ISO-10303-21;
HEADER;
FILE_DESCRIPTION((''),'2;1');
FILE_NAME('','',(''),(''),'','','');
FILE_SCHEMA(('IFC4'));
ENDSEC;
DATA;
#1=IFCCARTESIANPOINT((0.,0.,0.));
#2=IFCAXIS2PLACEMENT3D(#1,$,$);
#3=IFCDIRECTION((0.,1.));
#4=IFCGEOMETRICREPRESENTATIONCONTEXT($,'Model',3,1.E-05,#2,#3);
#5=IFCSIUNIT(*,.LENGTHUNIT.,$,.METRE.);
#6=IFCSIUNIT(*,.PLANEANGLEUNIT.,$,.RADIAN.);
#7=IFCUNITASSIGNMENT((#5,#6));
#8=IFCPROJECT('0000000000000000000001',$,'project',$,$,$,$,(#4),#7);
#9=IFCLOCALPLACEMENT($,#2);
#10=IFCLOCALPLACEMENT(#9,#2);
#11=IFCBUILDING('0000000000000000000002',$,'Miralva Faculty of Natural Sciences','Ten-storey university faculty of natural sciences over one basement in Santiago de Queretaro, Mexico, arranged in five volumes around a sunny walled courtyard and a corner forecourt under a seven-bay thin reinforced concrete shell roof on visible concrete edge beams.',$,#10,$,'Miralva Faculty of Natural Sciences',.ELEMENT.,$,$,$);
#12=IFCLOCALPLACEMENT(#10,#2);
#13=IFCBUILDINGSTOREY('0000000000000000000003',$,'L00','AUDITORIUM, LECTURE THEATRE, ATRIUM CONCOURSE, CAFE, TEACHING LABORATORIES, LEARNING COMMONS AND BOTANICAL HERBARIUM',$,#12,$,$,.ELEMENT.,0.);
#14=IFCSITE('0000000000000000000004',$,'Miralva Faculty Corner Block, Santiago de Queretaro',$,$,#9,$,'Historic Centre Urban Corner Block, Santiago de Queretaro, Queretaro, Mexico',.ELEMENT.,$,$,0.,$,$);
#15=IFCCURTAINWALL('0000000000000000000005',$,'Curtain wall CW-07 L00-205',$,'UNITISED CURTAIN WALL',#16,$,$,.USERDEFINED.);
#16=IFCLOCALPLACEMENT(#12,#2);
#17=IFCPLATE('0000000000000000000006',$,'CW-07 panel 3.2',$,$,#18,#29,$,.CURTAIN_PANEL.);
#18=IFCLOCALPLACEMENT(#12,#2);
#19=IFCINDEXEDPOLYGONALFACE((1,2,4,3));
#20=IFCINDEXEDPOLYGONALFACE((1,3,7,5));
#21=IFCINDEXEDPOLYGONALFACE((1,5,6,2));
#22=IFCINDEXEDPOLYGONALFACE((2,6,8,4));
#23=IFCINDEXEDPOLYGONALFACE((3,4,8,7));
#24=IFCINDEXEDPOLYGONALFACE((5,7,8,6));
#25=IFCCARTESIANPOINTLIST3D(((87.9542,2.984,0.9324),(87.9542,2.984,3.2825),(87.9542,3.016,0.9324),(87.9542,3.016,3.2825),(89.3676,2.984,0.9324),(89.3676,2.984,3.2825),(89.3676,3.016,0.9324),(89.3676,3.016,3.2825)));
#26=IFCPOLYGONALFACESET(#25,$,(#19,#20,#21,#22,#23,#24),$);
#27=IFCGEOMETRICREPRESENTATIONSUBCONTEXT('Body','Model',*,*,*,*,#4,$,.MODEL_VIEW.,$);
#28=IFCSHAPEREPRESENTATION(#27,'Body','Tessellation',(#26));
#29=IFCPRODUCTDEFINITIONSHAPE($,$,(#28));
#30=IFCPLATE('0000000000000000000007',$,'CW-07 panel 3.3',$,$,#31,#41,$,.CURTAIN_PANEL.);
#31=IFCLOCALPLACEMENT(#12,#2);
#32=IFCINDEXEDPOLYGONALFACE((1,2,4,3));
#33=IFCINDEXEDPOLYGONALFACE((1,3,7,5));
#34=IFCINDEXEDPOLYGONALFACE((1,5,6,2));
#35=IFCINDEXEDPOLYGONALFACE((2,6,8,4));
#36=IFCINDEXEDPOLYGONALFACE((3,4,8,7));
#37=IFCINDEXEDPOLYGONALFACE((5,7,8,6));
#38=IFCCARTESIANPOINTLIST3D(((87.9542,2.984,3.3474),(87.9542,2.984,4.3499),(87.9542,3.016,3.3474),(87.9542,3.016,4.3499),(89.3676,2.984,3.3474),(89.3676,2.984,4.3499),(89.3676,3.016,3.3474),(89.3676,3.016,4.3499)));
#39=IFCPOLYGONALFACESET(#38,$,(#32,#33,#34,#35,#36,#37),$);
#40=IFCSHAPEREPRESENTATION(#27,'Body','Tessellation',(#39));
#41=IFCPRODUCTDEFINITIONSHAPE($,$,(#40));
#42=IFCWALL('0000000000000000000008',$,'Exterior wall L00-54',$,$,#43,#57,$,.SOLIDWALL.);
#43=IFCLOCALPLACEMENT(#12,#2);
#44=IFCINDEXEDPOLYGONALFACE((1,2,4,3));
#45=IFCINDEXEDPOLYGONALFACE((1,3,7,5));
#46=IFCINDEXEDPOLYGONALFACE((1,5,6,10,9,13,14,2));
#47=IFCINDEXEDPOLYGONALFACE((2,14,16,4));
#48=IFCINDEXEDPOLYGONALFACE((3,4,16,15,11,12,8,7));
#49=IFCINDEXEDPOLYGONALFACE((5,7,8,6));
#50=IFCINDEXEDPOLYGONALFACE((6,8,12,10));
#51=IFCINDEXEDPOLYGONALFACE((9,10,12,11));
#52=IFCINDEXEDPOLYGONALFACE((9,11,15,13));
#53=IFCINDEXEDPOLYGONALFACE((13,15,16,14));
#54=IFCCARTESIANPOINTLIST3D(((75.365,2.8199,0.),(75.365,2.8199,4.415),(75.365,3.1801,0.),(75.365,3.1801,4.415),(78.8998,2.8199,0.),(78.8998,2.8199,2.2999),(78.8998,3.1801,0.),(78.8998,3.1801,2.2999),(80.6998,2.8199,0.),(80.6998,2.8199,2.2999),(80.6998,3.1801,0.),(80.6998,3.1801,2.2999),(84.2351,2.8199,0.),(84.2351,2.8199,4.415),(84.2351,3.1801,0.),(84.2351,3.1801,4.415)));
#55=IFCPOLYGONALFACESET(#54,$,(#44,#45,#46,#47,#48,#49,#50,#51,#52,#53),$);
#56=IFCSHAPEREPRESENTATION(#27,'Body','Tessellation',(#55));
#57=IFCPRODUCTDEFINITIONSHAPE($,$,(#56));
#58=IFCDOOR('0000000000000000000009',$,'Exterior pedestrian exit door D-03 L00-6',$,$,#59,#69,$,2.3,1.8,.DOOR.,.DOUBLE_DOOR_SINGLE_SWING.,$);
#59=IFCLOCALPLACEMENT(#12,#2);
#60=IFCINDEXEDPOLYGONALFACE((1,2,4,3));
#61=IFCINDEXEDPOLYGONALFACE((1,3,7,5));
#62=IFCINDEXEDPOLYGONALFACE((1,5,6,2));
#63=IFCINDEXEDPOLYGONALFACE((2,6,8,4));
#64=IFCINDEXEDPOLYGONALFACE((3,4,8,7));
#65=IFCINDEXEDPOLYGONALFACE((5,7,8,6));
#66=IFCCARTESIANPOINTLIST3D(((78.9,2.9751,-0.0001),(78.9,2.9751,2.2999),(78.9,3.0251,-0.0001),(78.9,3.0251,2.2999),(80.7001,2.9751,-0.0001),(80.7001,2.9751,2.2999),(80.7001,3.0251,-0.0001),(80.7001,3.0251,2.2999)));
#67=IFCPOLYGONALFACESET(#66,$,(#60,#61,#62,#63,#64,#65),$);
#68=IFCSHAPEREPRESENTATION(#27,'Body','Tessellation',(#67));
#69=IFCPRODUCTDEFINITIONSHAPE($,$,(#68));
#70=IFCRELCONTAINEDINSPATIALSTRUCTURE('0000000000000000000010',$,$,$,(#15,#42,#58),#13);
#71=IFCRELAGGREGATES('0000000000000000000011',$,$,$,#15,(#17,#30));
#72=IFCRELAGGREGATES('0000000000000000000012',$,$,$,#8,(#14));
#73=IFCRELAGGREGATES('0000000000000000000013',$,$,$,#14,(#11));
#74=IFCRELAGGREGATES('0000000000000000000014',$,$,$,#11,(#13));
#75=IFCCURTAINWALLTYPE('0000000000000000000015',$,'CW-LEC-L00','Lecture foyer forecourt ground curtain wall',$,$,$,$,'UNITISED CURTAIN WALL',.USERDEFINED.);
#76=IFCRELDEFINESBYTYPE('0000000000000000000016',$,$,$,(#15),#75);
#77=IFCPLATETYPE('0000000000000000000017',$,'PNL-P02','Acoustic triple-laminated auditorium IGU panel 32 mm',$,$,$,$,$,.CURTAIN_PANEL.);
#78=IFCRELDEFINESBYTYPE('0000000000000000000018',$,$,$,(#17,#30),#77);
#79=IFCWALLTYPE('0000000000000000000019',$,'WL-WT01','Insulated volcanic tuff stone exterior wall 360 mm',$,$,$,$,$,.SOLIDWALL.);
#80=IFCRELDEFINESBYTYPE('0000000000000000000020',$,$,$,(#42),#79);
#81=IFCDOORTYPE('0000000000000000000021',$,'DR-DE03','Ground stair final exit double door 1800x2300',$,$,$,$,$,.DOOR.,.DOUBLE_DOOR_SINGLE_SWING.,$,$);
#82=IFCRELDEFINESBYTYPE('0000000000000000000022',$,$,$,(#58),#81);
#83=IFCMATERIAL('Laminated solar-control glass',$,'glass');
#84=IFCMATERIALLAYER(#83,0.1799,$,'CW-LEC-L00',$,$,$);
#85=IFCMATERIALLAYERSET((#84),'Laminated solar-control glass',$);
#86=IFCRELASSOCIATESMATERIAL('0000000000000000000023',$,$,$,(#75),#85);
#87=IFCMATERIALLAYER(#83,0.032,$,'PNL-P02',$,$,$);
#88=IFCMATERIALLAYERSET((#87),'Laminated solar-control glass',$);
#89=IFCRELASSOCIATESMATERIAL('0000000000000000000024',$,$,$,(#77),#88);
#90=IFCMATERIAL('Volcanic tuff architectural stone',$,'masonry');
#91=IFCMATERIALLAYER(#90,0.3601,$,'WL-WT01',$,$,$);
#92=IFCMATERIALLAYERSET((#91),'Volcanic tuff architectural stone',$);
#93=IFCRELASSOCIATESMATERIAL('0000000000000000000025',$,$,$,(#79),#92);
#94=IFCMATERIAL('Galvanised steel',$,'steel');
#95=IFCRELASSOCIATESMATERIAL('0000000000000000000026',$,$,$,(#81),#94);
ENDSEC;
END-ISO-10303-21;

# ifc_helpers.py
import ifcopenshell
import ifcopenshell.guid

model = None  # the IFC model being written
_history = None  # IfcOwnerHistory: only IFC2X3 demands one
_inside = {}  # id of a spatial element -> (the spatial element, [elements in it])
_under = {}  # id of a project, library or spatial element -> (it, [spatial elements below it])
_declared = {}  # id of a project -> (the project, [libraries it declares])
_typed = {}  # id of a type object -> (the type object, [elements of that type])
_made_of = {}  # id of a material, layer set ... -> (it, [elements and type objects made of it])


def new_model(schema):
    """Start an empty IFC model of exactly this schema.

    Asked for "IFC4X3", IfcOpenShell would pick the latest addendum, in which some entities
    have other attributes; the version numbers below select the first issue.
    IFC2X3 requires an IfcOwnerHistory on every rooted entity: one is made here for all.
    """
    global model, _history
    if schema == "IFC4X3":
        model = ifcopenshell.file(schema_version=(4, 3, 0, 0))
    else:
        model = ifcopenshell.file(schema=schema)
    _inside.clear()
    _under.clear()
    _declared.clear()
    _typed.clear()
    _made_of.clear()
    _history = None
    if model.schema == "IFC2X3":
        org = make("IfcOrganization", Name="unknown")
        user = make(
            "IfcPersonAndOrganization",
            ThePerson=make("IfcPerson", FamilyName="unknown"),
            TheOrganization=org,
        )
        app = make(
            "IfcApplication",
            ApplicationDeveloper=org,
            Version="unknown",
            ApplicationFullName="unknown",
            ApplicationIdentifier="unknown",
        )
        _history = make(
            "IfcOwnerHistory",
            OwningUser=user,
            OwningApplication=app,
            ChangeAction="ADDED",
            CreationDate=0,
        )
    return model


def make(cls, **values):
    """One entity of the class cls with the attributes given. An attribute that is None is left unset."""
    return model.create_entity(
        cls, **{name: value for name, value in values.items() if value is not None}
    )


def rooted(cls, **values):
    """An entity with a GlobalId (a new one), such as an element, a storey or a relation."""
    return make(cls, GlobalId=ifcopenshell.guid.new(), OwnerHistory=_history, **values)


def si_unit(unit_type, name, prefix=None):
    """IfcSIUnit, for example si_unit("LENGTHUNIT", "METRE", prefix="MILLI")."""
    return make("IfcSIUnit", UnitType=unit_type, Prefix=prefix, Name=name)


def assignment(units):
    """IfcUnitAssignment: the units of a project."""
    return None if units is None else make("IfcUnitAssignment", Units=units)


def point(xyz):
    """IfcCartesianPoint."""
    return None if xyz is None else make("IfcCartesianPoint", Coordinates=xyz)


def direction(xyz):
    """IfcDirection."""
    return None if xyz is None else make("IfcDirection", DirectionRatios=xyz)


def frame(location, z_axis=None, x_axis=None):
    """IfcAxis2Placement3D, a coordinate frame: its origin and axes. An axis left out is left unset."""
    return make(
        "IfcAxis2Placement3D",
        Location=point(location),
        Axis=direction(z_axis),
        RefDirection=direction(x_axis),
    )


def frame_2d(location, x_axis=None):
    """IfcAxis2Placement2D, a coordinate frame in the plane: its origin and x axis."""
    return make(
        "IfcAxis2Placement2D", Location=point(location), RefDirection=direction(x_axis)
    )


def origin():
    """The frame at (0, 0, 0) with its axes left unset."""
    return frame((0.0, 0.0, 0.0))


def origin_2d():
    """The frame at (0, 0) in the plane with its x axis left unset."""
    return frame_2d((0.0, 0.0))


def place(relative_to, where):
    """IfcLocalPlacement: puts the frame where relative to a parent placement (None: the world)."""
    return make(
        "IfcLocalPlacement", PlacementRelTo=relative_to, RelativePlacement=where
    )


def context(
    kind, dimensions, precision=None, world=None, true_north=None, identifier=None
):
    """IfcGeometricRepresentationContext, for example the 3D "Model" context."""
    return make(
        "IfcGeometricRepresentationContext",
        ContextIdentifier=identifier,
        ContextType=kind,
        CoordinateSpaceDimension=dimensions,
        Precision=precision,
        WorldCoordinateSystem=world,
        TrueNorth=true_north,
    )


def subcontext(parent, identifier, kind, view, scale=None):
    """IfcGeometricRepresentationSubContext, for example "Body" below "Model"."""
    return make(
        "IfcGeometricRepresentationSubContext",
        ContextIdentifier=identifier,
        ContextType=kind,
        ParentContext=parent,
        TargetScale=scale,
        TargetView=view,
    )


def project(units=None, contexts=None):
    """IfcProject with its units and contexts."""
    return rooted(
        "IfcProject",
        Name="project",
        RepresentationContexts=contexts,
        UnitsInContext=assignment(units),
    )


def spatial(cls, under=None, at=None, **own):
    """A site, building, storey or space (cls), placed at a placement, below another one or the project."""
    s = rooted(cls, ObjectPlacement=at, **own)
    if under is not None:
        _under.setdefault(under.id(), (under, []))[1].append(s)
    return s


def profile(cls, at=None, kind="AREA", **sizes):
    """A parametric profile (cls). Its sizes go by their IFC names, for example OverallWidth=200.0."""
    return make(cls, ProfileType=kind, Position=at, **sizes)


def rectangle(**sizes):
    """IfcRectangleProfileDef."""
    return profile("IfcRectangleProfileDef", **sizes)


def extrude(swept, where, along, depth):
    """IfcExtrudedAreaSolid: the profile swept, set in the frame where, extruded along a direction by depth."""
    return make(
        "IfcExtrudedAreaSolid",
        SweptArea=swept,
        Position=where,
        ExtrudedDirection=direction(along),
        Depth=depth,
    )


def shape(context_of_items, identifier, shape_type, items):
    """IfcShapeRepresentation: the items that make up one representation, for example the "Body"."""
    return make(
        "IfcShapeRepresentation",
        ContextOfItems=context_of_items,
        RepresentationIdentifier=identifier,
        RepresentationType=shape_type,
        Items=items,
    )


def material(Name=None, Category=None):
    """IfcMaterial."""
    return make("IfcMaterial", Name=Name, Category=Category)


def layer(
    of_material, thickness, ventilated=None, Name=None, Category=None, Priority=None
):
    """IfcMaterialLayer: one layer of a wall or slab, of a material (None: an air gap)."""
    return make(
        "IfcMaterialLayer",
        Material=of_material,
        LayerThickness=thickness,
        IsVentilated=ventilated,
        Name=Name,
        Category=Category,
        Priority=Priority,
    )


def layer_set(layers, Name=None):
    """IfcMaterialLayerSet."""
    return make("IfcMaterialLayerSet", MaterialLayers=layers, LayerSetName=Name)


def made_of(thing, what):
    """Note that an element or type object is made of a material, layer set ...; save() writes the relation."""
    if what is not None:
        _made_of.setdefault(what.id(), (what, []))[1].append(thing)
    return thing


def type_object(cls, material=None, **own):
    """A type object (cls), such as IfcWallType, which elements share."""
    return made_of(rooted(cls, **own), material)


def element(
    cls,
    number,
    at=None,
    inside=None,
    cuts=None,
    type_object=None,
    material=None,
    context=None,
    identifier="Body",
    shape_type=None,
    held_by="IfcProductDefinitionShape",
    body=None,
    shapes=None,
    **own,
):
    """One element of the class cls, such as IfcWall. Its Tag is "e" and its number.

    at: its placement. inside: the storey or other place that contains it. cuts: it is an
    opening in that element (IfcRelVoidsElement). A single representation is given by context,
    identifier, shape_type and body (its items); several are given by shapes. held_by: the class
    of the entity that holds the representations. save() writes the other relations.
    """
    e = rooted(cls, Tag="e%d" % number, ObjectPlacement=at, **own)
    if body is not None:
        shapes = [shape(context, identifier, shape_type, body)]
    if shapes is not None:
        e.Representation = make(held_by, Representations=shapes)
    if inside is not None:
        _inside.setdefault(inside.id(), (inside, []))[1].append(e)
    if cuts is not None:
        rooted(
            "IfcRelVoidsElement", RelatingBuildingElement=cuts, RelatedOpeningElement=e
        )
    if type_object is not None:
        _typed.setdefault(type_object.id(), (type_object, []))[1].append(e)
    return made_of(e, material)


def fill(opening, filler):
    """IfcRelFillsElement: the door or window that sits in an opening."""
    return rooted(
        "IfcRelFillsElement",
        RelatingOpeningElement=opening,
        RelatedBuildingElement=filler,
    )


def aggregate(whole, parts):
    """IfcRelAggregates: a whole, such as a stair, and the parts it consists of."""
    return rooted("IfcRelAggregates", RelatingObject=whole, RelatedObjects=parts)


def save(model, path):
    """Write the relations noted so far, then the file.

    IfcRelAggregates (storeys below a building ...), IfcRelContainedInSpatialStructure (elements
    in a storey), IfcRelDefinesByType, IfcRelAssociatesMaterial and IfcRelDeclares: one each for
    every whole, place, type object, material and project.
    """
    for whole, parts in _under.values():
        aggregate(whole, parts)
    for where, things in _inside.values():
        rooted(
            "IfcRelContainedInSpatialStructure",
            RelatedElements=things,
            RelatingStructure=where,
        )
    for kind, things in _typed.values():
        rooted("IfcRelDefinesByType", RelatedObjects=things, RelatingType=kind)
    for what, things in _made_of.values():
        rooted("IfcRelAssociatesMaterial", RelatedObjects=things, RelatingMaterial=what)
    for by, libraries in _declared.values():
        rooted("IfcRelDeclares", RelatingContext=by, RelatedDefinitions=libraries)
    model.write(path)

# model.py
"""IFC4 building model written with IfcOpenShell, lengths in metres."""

from ifc_helpers import new_model, si_unit, direction, frame, frame_2d, origin, origin_2d, place, context, subcontext, project, spatial, rectangle, extrude, material, layer, layer_set, type_object, element, fill, aggregate, save


model = new_model("IFC4")

# Units and contexts
model_context = context("Model", 3, precision=1e-05, world=origin(), true_north=direction((0.0, 1.0)))
body_context = subcontext(model_context, "Body", "Model", "MODEL_VIEW")
ifc_project = project(units=[si_unit("LENGTHUNIT", "METRE"), si_unit("PLANEANGLEUNIT", "RADIAN")], contexts=[model_context])

# Site, building, storey
site_placement = place(None, origin())
site = spatial("IfcSite", under=ifc_project, at=site_placement, Name="Miralva Faculty Corner Block, Santiago de Queretaro", LongName="Historic Centre Urban Corner Block, Santiago de Queretaro, Queretaro, Mexico", CompositionType="ELEMENT", RefElevation=0.0)
building_placement = place(site_placement, origin())
building = spatial("IfcBuilding", under=site, at=building_placement, Name="Miralva Faculty of Natural Sciences", Description="Ten-storey university faculty of natural sciences over one basement in Santiago de Queretaro, Mexico, arranged in five volumes around a sunny walled courtyard and a corner forecourt under a seven-bay thin reinforced concrete shell roof on visible concrete edge beams.", LongName="Miralva Faculty of Natural Sciences", CompositionType="ELEMENT")
storey_placement = place(building_placement, origin())
storey = spatial("IfcBuildingStorey", under=building, at=storey_placement, Name="L00", Description="AUDITORIUM, LECTURE THEATRE, ATRIUM CONCOURSE, CAFE, TEACHING LABORATORIES, LEARNING COMMONS AND BOTANICAL HERBARIUM", CompositionType="ELEMENT", Elevation=0.0)

# Curtain wall, plates
ifc_material_1 = material(Name="Laminated solar-control glass", Category="glass")
ifc_layer_1 = layer(ifc_material_1, 0.1799, Name="CW-LEC-L00")
ifc_layer_set_1 = layer_set([ifc_layer_1], Name="Laminated solar-control glass")
curtain_wall_type = type_object("IfcCurtainWallType", Name="CW-LEC-L00", Description="Lecture foyer forecourt ground curtain wall", ElementType="UNITISED CURTAIN WALL", PredefinedType="USERDEFINED", material=ifc_layer_set_1)
curtain_wall_placement = place(storey_placement, origin())
curtain_wall = element("IfcCurtainWall", 1, at=curtain_wall_placement, inside=storey, type_object=curtain_wall_type, Name="Curtain wall CW-07 L00-205", ObjectType="UNITISED CURTAIN WALL", PredefinedType="USERDEFINED")
ifc_layer_2 = layer(ifc_material_1, 0.032, Name="PNL-P02")
ifc_layer_set_2 = layer_set([ifc_layer_2], Name="Laminated solar-control glass")
plate_type = type_object("IfcPlateType", Name="PNL-P02", Description="Acoustic triple-laminated auditorium IGU panel 32 mm", PredefinedType="CURTAIN_PANEL", material=ifc_layer_set_2)
plate_1_placement = place(storey_placement, frame((88.6609, 3.0, 0.9324), z_axis=(0.0, 0.0, 1.0), x_axis=(1.0, 0.0, 0.0)))
plate_1 = element("IfcPlate", 2, at=plate_1_placement, type_object=plate_type, Name="CW-07 panel 3.2", PredefinedType="CURTAIN_PANEL", context=body_context, shape_type="SweptSolid", body=[
    extrude(rectangle(XDim=1.4133, YDim=0.032, at=origin_2d()), origin(), (0.0, 0.0, 1.0), 2.3501),
])
plate_2_placement = place(storey_placement, frame((88.6609, 3.0, 3.3474), z_axis=(0.0, 0.0, 1.0), x_axis=(1.0, 0.0, 0.0)))
plate_2 = element("IfcPlate", 3, at=plate_2_placement, type_object=plate_type, Name="CW-07 panel 3.3", PredefinedType="CURTAIN_PANEL", context=body_context, shape_type="SweptSolid", body=[
    extrude(rectangle(XDim=1.4133, YDim=0.032, at=origin_2d()), origin(), (0.0, 0.0, 1.0), 1.0024),
])
aggregate(curtain_wall, [plate_1, plate_2])

# Wall, opening, door
ifc_material_2 = material(Name="Volcanic tuff architectural stone", Category="masonry")
ifc_layer_3 = layer(ifc_material_2, 0.3601, Name="WL-WT01")
ifc_layer_set_3 = layer_set([ifc_layer_3], Name="Volcanic tuff architectural stone")
wall_type = type_object("IfcWallType", Name="WL-WT01", Description="Insulated volcanic tuff stone exterior wall 360 mm", PredefinedType="SOLIDWALL", material=ifc_layer_set_3)
wall_placement = place(storey_placement, frame((75.365, 3.0, 0.0), z_axis=(0.0, 0.0, 1.0), x_axis=(1.0, 0.0, 0.0)))
wall = element("IfcWall", 4, at=wall_placement, inside=storey, type_object=wall_type, Name="Exterior wall L00-54", PredefinedType="SOLIDWALL", context=body_context, shape_type="SweptSolid", body=[
    extrude(rectangle(XDim=8.8701, YDim=0.3601, at=frame_2d((4.4351, 0.0))), origin(), (0.0, 0.0, 1.0), 4.415),
])
opening_placement = place(wall_placement, frame((3.5349, 0.0, 0.0)))
opening = element("IfcOpeningElement", 5, at=opening_placement, cuts=wall, PredefinedType="OPENING", context=body_context, shape_type="SweptSolid", body=[
    extrude(rectangle(XDim=1.8, YDim=2.3, at=frame_2d((0.8999, 1.1499))), frame((0.0, 0.1899, 0.0), z_axis=(0.0, -1.0, 0.0), x_axis=(1.0, 0.0, 0.0)), (0.0, 0.0, 1.0), 0.3801),
])
ifc_material_3 = material(Name="Galvanised steel", Category="steel")
door_type = type_object("IfcDoorType", Name="DR-DE03", Description="Ground stair final exit double door 1800x2300", OperationType="DOUBLE_DOOR_SINGLE_SWING", PredefinedType="DOOR", material=ifc_material_3)
door_placement = place(opening_placement, frame((1.8, 0.0, 0.0), z_axis=(0.0, 0.0, 1.0), x_axis=(-1.0, 0.0, 0.0)))
door = element("IfcDoor", 6, at=door_placement, inside=storey, type_object=door_type, Name="Exterior pedestrian exit door D-03 L00-6", OperationType="DOUBLE_DOOR_SINGLE_SWING", OverallHeight=2.3, OverallWidth=1.8, PredefinedType="DOOR", context=body_context, shape_type="SweptSolid", body=[
    extrude(rectangle(XDim=1.8, YDim=2.3, at=frame_2d((0.8999, 1.1499))), frame((0.0, 0.0249, 0.0), z_axis=(0.0, -1.0, 0.0), x_axis=(1.0, 0.0, 0.0)), (0.0, 0.0, 1.0), 0.05),
])
fill(opening, door)

save(model, "model.ifc")
